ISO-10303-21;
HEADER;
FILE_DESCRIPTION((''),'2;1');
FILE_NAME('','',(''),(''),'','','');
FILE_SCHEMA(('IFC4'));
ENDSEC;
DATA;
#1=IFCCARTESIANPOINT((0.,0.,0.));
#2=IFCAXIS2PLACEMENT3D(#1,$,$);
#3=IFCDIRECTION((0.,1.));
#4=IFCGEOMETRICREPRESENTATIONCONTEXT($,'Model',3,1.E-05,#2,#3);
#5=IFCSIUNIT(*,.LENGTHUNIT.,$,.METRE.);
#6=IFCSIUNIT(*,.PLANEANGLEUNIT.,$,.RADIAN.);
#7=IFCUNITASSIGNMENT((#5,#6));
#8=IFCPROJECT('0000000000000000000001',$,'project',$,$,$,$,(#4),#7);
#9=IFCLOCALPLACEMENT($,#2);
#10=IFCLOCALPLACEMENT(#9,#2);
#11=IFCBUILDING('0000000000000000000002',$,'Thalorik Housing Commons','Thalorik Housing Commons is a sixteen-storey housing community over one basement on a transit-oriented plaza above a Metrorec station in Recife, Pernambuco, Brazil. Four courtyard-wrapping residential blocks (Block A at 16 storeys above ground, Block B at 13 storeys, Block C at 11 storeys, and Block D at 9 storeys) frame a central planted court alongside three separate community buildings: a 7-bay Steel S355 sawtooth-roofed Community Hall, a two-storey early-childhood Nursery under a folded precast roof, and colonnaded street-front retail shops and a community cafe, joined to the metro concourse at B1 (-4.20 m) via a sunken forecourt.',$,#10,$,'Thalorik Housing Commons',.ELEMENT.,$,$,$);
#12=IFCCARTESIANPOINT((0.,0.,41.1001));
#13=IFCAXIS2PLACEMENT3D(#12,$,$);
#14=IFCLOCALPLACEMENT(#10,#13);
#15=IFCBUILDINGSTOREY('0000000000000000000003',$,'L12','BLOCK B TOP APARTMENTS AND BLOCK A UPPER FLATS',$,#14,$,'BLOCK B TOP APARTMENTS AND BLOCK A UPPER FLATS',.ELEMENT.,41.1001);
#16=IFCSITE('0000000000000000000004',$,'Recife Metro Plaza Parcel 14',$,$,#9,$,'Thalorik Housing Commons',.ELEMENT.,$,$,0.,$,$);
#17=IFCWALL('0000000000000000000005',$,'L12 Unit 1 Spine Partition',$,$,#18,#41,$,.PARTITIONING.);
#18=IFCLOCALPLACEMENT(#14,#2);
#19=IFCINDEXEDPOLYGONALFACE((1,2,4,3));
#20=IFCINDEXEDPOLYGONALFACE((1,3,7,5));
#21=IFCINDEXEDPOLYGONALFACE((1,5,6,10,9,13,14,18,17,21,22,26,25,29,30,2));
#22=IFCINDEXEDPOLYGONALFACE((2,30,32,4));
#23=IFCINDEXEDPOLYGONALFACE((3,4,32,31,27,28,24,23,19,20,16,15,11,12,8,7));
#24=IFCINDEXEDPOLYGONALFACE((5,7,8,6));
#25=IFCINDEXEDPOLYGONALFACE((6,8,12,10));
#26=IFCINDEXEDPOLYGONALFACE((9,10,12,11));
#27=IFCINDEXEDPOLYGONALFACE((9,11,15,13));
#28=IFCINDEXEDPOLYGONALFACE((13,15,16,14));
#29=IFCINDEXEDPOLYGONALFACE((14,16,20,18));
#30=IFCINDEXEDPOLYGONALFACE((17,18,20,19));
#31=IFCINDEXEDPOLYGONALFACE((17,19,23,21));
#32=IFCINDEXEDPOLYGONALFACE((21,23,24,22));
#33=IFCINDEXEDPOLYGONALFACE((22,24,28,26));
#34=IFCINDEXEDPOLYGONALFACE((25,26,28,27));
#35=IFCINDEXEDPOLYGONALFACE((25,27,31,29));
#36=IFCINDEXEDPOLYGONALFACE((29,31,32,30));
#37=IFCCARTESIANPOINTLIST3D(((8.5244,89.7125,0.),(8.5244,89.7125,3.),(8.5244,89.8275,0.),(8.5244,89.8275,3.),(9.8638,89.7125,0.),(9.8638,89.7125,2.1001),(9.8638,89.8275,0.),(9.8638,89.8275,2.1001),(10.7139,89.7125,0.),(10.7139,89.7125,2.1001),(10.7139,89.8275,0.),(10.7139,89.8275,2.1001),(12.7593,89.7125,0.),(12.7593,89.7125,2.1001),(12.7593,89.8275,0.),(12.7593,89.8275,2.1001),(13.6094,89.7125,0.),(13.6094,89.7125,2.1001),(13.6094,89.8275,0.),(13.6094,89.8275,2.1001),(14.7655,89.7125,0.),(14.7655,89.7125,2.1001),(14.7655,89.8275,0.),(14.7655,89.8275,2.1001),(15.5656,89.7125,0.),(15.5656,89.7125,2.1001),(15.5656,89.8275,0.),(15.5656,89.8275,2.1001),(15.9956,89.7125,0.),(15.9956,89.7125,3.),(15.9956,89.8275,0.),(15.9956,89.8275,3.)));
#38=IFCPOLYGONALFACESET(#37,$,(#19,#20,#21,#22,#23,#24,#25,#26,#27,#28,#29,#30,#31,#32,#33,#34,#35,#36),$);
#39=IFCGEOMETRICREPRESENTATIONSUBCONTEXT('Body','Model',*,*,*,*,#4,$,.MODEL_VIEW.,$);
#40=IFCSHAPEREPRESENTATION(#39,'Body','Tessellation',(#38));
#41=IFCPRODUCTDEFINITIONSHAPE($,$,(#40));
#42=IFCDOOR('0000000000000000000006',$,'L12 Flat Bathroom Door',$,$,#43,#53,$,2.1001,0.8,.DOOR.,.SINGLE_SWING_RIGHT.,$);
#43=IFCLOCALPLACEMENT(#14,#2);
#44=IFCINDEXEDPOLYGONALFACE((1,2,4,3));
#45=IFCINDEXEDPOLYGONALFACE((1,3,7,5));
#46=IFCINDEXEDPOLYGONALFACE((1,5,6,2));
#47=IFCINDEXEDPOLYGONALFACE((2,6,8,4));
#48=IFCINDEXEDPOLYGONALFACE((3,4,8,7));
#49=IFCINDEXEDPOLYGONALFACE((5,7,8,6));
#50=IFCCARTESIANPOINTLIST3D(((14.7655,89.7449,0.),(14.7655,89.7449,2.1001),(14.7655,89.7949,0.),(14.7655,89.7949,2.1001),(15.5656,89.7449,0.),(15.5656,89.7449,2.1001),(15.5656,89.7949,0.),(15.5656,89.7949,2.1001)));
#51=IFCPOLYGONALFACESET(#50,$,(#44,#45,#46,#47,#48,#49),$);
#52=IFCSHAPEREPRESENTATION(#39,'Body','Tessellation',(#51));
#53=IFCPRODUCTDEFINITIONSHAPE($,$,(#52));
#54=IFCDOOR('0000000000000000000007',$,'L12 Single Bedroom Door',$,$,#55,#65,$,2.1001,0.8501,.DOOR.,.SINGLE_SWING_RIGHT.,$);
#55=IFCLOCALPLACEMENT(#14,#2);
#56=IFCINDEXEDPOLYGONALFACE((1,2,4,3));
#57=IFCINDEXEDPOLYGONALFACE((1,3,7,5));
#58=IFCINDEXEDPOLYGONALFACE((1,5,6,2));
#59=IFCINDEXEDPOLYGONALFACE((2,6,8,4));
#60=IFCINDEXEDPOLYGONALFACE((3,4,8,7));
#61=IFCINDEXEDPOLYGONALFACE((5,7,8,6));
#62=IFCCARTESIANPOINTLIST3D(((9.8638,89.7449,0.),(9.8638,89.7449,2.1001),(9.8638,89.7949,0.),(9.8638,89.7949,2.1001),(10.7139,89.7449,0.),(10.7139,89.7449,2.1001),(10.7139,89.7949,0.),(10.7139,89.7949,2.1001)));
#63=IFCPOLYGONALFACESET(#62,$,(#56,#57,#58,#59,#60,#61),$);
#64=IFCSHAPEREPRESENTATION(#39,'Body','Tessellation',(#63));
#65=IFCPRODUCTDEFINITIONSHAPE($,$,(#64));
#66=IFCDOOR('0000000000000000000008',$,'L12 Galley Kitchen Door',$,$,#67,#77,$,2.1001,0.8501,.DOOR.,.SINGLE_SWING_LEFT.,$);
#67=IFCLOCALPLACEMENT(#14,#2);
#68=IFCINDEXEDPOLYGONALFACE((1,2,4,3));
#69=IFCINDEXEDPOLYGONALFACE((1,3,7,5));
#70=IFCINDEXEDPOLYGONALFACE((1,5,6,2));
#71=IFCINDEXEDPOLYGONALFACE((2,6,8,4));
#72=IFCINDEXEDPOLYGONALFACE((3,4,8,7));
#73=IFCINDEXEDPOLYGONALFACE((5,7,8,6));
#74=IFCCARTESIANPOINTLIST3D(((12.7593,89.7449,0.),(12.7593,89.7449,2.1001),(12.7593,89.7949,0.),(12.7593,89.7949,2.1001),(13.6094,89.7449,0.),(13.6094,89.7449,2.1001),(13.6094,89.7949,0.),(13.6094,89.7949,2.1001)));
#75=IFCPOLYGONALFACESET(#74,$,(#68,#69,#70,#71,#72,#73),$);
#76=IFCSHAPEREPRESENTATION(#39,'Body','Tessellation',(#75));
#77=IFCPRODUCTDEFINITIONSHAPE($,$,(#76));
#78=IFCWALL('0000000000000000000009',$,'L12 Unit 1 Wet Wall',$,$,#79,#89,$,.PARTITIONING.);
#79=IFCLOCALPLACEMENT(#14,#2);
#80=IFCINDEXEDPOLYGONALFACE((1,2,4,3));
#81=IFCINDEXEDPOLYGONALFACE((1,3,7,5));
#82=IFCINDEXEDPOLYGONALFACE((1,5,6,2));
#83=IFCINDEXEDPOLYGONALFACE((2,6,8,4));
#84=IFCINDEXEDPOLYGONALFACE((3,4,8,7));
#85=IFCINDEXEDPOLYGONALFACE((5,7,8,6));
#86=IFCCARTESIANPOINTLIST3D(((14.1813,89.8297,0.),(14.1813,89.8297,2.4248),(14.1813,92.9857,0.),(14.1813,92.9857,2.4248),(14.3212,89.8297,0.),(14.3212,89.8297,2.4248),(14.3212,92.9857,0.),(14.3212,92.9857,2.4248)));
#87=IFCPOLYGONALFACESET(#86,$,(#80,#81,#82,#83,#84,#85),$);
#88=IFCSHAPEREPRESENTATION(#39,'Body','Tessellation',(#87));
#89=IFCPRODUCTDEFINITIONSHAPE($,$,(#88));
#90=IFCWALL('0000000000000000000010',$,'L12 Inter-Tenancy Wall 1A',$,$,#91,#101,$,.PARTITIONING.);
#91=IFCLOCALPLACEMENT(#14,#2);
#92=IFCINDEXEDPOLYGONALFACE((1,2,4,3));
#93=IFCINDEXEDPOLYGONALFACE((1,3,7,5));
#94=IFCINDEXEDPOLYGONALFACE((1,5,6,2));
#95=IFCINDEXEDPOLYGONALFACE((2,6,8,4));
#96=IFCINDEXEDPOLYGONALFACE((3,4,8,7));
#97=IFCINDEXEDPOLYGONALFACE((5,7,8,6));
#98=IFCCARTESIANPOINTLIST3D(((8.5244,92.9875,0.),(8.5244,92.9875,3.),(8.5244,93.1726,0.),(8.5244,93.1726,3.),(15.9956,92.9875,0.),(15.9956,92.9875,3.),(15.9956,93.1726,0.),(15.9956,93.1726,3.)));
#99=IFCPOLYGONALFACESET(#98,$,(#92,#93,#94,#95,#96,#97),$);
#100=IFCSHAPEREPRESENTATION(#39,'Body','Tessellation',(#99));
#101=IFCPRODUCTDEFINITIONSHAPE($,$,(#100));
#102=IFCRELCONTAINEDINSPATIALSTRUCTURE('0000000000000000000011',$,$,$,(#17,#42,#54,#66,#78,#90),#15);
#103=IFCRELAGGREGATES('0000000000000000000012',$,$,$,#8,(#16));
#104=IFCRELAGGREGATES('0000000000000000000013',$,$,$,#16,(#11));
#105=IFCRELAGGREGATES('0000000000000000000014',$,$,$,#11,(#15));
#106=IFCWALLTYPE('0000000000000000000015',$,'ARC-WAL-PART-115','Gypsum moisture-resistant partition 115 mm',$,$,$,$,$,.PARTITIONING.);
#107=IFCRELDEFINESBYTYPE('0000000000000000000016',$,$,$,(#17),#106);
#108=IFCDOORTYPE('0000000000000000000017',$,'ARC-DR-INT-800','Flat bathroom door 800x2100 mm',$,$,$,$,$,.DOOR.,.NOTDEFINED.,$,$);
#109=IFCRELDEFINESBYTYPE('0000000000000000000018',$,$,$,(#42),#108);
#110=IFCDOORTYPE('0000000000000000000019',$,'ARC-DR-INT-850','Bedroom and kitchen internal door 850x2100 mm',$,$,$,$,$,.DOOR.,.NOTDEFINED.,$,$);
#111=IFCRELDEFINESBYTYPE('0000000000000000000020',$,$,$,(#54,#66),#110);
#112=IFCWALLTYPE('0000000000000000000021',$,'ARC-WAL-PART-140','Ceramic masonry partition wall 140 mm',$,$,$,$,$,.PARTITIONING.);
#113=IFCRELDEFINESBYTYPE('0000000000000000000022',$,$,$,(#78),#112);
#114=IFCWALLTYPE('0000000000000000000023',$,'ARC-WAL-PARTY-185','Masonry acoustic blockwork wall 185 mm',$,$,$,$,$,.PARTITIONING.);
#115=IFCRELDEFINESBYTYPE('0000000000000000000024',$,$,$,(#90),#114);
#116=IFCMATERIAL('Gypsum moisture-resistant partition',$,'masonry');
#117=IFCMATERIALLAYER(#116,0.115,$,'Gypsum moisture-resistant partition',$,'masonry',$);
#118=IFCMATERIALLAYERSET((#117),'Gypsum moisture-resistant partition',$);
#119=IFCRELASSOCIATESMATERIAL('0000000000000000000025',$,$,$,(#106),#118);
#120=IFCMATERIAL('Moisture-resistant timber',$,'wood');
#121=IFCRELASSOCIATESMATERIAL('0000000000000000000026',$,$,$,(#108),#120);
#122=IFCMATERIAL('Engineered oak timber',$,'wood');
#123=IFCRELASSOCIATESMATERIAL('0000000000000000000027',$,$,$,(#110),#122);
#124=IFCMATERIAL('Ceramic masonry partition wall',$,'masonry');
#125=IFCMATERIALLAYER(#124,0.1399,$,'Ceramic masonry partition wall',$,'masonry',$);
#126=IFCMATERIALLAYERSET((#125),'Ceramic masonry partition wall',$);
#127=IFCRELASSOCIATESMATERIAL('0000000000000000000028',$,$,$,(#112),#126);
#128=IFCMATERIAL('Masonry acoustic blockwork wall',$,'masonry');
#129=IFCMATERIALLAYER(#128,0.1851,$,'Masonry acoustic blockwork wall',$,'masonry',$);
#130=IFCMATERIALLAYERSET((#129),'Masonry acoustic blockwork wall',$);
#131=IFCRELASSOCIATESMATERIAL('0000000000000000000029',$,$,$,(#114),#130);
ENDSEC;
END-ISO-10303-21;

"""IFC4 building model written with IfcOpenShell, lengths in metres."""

from ifc_helpers import new_model, si_unit, direction, frame, frame_2d, origin, place, context, subcontext, project, spatial, rectangle, extrude, material, layer, layer_set, type_object, element, fill, save


model = new_model("IFC4")

# Units and contexts
model_context = context("Model", 3, precision=1e-05, world=origin(), true_north=direction((0.0, 1.0)))
body_context = subcontext(model_context, "Body", "Model", "MODEL_VIEW")
ifc_project = project(units=[si_unit("LENGTHUNIT", "METRE"), si_unit("PLANEANGLEUNIT", "RADIAN")], contexts=[model_context])

# Site, building, storey
site_placement = place(None, origin())
site = spatial("IfcSite", under=ifc_project, at=site_placement, Name="Recife Metro Plaza Parcel 14", LongName="Thalorik Housing Commons", CompositionType="ELEMENT", RefElevation=0.0)
building_placement = place(site_placement, origin())
building = spatial("IfcBuilding", under=site, at=building_placement, Name="Thalorik Housing Commons", Description="Thalorik Housing Commons is a sixteen-storey housing community over one basement on a transit-oriented plaza above a Metrorec station in Recife, Pernambuco, Brazil. Four courtyard-wrapping residential blocks (Block A at 16 storeys above ground, Block B at 13 storeys, Block C at 11 storeys, and Block D at 9 storeys) frame a central planted court alongside three separate community buildings: a 7-bay Steel S355 sawtooth-roofed Community Hall, a two-storey early-childhood Nursery under a folded precast roof, and colonnaded street-front retail shops and a community cafe, joined to the metro concourse at B1 (-4.20 m) via a sunken forecourt.", LongName="Thalorik Housing Commons", CompositionType="ELEMENT")
storey_placement = place(building_placement, frame((0.0, 0.0, 41.1001)))
storey = spatial("IfcBuildingStorey", under=building, at=storey_placement, Name="L12", Description="BLOCK B TOP APARTMENTS AND BLOCK A UPPER FLATS", LongName="BLOCK B TOP APARTMENTS AND BLOCK A UPPER FLATS", CompositionType="ELEMENT", Elevation=41.1001)

# Wall, openings, doors
ifc_material_1 = material(Name="Gypsum moisture-resistant partition", Category="masonry")
ifc_layer_1 = layer(ifc_material_1, 0.115, Name="Gypsum moisture-resistant partition", Category="masonry")
ifc_layer_set_1 = layer_set([ifc_layer_1], Name="Gypsum moisture-resistant partition")
wall_type_1 = type_object("IfcWallType", Name="ARC-WAL-PART-115", Description="Gypsum moisture-resistant partition 115 mm", PredefinedType="PARTITIONING", material=ifc_layer_set_1)
wall_1_placement = place(storey_placement, frame((8.5244, 89.77, 0.0), z_axis=(0.0, 0.0, 1.0), x_axis=(1.0, 0.0, 0.0)))
wall_1 = element("IfcWall", 1, at=wall_1_placement, inside=storey, type_object=wall_type_1, Name="L12 Unit 1 Spine Partition", PredefinedType="PARTITIONING", context=body_context, shape_type="SweptSolid", body=[
    extrude(rectangle(XDim=7.4712, YDim=0.115, at=frame_2d((3.7356, 0.0))), origin(), (0.0, 0.0, 1.0), 3.0),
])
opening_1_placement = place(wall_1_placement, frame((1.3394, 0.0, 0.0)))
opening_1 = element("IfcOpeningElement", 2, at=opening_1_placement, cuts=wall_1, PredefinedType="OPENING", context=body_context, shape_type="SweptSolid", body=[
    extrude(rectangle(XDim=0.8501, YDim=2.1001, at=frame_2d((0.425, 1.05))), frame((0.0, 0.0674, 0.0), z_axis=(0.0, -1.0, 0.0), x_axis=(1.0, 0.0, 0.0)), (0.0, 0.0, 1.0), 0.135),
])
opening_2_placement = place(wall_1_placement, frame((4.2349, 0.0, 0.0)))
opening_2 = element("IfcOpeningElement", 3, at=opening_2_placement, cuts=wall_1, PredefinedType="OPENING", context=body_context, shape_type="SweptSolid", body=[
    extrude(rectangle(XDim=0.8501, YDim=2.1001, at=frame_2d((0.425, 1.05))), frame((0.0, 0.0674, 0.0), z_axis=(0.0, -1.0, 0.0), x_axis=(1.0, 0.0, 0.0)), (0.0, 0.0, 1.0), 0.135),
])
opening_3_placement = place(wall_1_placement, frame((6.2412, 0.0, 0.0)))
opening_3 = element("IfcOpeningElement", 4, at=opening_3_placement, cuts=wall_1, PredefinedType="OPENING", context=body_context, shape_type="SweptSolid", body=[
    extrude(rectangle(XDim=0.8, YDim=2.1001, at=frame_2d((0.3999, 1.05))), frame((0.0, 0.0674, 0.0), z_axis=(0.0, -1.0, 0.0), x_axis=(1.0, 0.0, 0.0)), (0.0, 0.0, 1.0), 0.135),
])
ifc_material_2 = material(Name="Moisture-resistant timber", Category="wood")
door_type_1 = type_object("IfcDoorType", Name="ARC-DR-INT-800", Description="Flat bathroom door 800x2100 mm", OperationType="NOTDEFINED", PredefinedType="DOOR", material=ifc_material_2)
door_1_placement = place(opening_3_placement, origin())
door_1 = element("IfcDoor", 5, at=door_1_placement, inside=storey, type_object=door_type_1, Name="L12 Flat Bathroom Door", OperationType="SINGLE_SWING_RIGHT", OverallHeight=2.1001, OverallWidth=0.8, PredefinedType="DOOR", context=body_context, shape_type="SweptSolid", body=[
    extrude(rectangle(XDim=0.8, YDim=2.1001, at=frame_2d((0.3999, 1.05))), frame((0.0, 0.0249, 0.0), z_axis=(0.0, -1.0, 0.0), x_axis=(1.0, 0.0, 0.0)), (0.0, 0.0, 1.0), 0.05),
])
fill(opening_3, door_1)
ifc_material_3 = material(Name="Engineered oak timber", Category="wood")
door_type_2 = type_object("IfcDoorType", Name="ARC-DR-INT-850", Description="Bedroom and kitchen internal door 850x2100 mm", OperationType="NOTDEFINED", PredefinedType="DOOR", material=ifc_material_3)
door_2_placement = place(opening_1_placement, origin())
door_2 = element("IfcDoor", 6, at=door_2_placement, inside=storey, type_object=door_type_2, Name="L12 Single Bedroom Door", OperationType="SINGLE_SWING_RIGHT", OverallHeight=2.1001, OverallWidth=0.8501, PredefinedType="DOOR", context=body_context, shape_type="SweptSolid", body=[
    extrude(rectangle(XDim=0.8501, YDim=2.1001, at=frame_2d((0.425, 1.05))), frame((0.0, 0.0249, 0.0), z_axis=(0.0, -1.0, 0.0), x_axis=(1.0, 0.0, 0.0)), (0.0, 0.0, 1.0), 0.05),
])
fill(opening_1, door_2)
door_3_placement = place(opening_2_placement, origin())
door_3 = element("IfcDoor", 7, at=door_3_placement, inside=storey, type_object=door_type_2, Name="L12 Galley Kitchen Door", OperationType="SINGLE_SWING_LEFT", OverallHeight=2.1001, OverallWidth=0.8501, PredefinedType="DOOR", context=body_context, shape_type="SweptSolid", body=[
    extrude(rectangle(XDim=0.8501, YDim=2.1001, at=frame_2d((0.425, 1.05))), frame((0.0, 0.0249, 0.0), z_axis=(0.0, -1.0, 0.0), x_axis=(1.0, 0.0, 0.0)), (0.0, 0.0, 1.0), 0.05),
])
fill(opening_2, door_3)

# Walls
ifc_material_4 = material(Name="Ceramic masonry partition wall", Category="masonry")
ifc_layer_2 = layer(ifc_material_4, 0.1399, Name="Ceramic masonry partition wall", Category="masonry")
ifc_layer_set_2 = layer_set([ifc_layer_2], Name="Ceramic masonry partition wall")
wall_type_2 = type_object("IfcWallType", Name="ARC-WAL-PART-140", Description="Ceramic masonry partition wall 140 mm", PredefinedType="PARTITIONING", material=ifc_layer_set_2)
wall_2_placement = place(storey_placement, frame((14.2512, 89.8296, 0.0), z_axis=(0.0, 0.0, 1.0), x_axis=(0.0, 1.0, 0.0)))
element("IfcWall", 8, at=wall_2_placement, inside=storey, type_object=wall_type_2, Name="L12 Unit 1 Wet Wall", PredefinedType="PARTITIONING", context=body_context, shape_type="SweptSolid", body=[
    extrude(rectangle(XDim=3.156, YDim=0.1399, at=frame_2d((1.5781, 0.0))), origin(), (0.0, 0.0, 1.0), 2.4248),
])
ifc_material_5 = material(Name="Masonry acoustic blockwork wall", Category="masonry")
ifc_layer_3 = layer(ifc_material_5, 0.1851, Name="Masonry acoustic blockwork wall", Category="masonry")
ifc_layer_set_3 = layer_set([ifc_layer_3], Name="Masonry acoustic blockwork wall")
wall_type_3 = type_object("IfcWallType", Name="ARC-WAL-PARTY-185", Description="Masonry acoustic blockwork wall 185 mm", PredefinedType="PARTITIONING", material=ifc_layer_set_3)
wall_3_placement = place(storey_placement, frame((8.5244, 93.0801, 0.0), z_axis=(0.0, 0.0, 1.0), x_axis=(1.0, 0.0, 0.0)))
element("IfcWall", 9, at=wall_3_placement, inside=storey, type_object=wall_type_3, Name="L12 Inter-Tenancy Wall 1A", PredefinedType="PARTITIONING", context=body_context, shape_type="SweptSolid", body=[
    extrude(rectangle(XDim=7.4712, YDim=0.1851, at=frame_2d((3.7356, 0.0))), origin(), (0.0, 0.0, 1.0), 3.0),
])

save(model, "model.ifc")
